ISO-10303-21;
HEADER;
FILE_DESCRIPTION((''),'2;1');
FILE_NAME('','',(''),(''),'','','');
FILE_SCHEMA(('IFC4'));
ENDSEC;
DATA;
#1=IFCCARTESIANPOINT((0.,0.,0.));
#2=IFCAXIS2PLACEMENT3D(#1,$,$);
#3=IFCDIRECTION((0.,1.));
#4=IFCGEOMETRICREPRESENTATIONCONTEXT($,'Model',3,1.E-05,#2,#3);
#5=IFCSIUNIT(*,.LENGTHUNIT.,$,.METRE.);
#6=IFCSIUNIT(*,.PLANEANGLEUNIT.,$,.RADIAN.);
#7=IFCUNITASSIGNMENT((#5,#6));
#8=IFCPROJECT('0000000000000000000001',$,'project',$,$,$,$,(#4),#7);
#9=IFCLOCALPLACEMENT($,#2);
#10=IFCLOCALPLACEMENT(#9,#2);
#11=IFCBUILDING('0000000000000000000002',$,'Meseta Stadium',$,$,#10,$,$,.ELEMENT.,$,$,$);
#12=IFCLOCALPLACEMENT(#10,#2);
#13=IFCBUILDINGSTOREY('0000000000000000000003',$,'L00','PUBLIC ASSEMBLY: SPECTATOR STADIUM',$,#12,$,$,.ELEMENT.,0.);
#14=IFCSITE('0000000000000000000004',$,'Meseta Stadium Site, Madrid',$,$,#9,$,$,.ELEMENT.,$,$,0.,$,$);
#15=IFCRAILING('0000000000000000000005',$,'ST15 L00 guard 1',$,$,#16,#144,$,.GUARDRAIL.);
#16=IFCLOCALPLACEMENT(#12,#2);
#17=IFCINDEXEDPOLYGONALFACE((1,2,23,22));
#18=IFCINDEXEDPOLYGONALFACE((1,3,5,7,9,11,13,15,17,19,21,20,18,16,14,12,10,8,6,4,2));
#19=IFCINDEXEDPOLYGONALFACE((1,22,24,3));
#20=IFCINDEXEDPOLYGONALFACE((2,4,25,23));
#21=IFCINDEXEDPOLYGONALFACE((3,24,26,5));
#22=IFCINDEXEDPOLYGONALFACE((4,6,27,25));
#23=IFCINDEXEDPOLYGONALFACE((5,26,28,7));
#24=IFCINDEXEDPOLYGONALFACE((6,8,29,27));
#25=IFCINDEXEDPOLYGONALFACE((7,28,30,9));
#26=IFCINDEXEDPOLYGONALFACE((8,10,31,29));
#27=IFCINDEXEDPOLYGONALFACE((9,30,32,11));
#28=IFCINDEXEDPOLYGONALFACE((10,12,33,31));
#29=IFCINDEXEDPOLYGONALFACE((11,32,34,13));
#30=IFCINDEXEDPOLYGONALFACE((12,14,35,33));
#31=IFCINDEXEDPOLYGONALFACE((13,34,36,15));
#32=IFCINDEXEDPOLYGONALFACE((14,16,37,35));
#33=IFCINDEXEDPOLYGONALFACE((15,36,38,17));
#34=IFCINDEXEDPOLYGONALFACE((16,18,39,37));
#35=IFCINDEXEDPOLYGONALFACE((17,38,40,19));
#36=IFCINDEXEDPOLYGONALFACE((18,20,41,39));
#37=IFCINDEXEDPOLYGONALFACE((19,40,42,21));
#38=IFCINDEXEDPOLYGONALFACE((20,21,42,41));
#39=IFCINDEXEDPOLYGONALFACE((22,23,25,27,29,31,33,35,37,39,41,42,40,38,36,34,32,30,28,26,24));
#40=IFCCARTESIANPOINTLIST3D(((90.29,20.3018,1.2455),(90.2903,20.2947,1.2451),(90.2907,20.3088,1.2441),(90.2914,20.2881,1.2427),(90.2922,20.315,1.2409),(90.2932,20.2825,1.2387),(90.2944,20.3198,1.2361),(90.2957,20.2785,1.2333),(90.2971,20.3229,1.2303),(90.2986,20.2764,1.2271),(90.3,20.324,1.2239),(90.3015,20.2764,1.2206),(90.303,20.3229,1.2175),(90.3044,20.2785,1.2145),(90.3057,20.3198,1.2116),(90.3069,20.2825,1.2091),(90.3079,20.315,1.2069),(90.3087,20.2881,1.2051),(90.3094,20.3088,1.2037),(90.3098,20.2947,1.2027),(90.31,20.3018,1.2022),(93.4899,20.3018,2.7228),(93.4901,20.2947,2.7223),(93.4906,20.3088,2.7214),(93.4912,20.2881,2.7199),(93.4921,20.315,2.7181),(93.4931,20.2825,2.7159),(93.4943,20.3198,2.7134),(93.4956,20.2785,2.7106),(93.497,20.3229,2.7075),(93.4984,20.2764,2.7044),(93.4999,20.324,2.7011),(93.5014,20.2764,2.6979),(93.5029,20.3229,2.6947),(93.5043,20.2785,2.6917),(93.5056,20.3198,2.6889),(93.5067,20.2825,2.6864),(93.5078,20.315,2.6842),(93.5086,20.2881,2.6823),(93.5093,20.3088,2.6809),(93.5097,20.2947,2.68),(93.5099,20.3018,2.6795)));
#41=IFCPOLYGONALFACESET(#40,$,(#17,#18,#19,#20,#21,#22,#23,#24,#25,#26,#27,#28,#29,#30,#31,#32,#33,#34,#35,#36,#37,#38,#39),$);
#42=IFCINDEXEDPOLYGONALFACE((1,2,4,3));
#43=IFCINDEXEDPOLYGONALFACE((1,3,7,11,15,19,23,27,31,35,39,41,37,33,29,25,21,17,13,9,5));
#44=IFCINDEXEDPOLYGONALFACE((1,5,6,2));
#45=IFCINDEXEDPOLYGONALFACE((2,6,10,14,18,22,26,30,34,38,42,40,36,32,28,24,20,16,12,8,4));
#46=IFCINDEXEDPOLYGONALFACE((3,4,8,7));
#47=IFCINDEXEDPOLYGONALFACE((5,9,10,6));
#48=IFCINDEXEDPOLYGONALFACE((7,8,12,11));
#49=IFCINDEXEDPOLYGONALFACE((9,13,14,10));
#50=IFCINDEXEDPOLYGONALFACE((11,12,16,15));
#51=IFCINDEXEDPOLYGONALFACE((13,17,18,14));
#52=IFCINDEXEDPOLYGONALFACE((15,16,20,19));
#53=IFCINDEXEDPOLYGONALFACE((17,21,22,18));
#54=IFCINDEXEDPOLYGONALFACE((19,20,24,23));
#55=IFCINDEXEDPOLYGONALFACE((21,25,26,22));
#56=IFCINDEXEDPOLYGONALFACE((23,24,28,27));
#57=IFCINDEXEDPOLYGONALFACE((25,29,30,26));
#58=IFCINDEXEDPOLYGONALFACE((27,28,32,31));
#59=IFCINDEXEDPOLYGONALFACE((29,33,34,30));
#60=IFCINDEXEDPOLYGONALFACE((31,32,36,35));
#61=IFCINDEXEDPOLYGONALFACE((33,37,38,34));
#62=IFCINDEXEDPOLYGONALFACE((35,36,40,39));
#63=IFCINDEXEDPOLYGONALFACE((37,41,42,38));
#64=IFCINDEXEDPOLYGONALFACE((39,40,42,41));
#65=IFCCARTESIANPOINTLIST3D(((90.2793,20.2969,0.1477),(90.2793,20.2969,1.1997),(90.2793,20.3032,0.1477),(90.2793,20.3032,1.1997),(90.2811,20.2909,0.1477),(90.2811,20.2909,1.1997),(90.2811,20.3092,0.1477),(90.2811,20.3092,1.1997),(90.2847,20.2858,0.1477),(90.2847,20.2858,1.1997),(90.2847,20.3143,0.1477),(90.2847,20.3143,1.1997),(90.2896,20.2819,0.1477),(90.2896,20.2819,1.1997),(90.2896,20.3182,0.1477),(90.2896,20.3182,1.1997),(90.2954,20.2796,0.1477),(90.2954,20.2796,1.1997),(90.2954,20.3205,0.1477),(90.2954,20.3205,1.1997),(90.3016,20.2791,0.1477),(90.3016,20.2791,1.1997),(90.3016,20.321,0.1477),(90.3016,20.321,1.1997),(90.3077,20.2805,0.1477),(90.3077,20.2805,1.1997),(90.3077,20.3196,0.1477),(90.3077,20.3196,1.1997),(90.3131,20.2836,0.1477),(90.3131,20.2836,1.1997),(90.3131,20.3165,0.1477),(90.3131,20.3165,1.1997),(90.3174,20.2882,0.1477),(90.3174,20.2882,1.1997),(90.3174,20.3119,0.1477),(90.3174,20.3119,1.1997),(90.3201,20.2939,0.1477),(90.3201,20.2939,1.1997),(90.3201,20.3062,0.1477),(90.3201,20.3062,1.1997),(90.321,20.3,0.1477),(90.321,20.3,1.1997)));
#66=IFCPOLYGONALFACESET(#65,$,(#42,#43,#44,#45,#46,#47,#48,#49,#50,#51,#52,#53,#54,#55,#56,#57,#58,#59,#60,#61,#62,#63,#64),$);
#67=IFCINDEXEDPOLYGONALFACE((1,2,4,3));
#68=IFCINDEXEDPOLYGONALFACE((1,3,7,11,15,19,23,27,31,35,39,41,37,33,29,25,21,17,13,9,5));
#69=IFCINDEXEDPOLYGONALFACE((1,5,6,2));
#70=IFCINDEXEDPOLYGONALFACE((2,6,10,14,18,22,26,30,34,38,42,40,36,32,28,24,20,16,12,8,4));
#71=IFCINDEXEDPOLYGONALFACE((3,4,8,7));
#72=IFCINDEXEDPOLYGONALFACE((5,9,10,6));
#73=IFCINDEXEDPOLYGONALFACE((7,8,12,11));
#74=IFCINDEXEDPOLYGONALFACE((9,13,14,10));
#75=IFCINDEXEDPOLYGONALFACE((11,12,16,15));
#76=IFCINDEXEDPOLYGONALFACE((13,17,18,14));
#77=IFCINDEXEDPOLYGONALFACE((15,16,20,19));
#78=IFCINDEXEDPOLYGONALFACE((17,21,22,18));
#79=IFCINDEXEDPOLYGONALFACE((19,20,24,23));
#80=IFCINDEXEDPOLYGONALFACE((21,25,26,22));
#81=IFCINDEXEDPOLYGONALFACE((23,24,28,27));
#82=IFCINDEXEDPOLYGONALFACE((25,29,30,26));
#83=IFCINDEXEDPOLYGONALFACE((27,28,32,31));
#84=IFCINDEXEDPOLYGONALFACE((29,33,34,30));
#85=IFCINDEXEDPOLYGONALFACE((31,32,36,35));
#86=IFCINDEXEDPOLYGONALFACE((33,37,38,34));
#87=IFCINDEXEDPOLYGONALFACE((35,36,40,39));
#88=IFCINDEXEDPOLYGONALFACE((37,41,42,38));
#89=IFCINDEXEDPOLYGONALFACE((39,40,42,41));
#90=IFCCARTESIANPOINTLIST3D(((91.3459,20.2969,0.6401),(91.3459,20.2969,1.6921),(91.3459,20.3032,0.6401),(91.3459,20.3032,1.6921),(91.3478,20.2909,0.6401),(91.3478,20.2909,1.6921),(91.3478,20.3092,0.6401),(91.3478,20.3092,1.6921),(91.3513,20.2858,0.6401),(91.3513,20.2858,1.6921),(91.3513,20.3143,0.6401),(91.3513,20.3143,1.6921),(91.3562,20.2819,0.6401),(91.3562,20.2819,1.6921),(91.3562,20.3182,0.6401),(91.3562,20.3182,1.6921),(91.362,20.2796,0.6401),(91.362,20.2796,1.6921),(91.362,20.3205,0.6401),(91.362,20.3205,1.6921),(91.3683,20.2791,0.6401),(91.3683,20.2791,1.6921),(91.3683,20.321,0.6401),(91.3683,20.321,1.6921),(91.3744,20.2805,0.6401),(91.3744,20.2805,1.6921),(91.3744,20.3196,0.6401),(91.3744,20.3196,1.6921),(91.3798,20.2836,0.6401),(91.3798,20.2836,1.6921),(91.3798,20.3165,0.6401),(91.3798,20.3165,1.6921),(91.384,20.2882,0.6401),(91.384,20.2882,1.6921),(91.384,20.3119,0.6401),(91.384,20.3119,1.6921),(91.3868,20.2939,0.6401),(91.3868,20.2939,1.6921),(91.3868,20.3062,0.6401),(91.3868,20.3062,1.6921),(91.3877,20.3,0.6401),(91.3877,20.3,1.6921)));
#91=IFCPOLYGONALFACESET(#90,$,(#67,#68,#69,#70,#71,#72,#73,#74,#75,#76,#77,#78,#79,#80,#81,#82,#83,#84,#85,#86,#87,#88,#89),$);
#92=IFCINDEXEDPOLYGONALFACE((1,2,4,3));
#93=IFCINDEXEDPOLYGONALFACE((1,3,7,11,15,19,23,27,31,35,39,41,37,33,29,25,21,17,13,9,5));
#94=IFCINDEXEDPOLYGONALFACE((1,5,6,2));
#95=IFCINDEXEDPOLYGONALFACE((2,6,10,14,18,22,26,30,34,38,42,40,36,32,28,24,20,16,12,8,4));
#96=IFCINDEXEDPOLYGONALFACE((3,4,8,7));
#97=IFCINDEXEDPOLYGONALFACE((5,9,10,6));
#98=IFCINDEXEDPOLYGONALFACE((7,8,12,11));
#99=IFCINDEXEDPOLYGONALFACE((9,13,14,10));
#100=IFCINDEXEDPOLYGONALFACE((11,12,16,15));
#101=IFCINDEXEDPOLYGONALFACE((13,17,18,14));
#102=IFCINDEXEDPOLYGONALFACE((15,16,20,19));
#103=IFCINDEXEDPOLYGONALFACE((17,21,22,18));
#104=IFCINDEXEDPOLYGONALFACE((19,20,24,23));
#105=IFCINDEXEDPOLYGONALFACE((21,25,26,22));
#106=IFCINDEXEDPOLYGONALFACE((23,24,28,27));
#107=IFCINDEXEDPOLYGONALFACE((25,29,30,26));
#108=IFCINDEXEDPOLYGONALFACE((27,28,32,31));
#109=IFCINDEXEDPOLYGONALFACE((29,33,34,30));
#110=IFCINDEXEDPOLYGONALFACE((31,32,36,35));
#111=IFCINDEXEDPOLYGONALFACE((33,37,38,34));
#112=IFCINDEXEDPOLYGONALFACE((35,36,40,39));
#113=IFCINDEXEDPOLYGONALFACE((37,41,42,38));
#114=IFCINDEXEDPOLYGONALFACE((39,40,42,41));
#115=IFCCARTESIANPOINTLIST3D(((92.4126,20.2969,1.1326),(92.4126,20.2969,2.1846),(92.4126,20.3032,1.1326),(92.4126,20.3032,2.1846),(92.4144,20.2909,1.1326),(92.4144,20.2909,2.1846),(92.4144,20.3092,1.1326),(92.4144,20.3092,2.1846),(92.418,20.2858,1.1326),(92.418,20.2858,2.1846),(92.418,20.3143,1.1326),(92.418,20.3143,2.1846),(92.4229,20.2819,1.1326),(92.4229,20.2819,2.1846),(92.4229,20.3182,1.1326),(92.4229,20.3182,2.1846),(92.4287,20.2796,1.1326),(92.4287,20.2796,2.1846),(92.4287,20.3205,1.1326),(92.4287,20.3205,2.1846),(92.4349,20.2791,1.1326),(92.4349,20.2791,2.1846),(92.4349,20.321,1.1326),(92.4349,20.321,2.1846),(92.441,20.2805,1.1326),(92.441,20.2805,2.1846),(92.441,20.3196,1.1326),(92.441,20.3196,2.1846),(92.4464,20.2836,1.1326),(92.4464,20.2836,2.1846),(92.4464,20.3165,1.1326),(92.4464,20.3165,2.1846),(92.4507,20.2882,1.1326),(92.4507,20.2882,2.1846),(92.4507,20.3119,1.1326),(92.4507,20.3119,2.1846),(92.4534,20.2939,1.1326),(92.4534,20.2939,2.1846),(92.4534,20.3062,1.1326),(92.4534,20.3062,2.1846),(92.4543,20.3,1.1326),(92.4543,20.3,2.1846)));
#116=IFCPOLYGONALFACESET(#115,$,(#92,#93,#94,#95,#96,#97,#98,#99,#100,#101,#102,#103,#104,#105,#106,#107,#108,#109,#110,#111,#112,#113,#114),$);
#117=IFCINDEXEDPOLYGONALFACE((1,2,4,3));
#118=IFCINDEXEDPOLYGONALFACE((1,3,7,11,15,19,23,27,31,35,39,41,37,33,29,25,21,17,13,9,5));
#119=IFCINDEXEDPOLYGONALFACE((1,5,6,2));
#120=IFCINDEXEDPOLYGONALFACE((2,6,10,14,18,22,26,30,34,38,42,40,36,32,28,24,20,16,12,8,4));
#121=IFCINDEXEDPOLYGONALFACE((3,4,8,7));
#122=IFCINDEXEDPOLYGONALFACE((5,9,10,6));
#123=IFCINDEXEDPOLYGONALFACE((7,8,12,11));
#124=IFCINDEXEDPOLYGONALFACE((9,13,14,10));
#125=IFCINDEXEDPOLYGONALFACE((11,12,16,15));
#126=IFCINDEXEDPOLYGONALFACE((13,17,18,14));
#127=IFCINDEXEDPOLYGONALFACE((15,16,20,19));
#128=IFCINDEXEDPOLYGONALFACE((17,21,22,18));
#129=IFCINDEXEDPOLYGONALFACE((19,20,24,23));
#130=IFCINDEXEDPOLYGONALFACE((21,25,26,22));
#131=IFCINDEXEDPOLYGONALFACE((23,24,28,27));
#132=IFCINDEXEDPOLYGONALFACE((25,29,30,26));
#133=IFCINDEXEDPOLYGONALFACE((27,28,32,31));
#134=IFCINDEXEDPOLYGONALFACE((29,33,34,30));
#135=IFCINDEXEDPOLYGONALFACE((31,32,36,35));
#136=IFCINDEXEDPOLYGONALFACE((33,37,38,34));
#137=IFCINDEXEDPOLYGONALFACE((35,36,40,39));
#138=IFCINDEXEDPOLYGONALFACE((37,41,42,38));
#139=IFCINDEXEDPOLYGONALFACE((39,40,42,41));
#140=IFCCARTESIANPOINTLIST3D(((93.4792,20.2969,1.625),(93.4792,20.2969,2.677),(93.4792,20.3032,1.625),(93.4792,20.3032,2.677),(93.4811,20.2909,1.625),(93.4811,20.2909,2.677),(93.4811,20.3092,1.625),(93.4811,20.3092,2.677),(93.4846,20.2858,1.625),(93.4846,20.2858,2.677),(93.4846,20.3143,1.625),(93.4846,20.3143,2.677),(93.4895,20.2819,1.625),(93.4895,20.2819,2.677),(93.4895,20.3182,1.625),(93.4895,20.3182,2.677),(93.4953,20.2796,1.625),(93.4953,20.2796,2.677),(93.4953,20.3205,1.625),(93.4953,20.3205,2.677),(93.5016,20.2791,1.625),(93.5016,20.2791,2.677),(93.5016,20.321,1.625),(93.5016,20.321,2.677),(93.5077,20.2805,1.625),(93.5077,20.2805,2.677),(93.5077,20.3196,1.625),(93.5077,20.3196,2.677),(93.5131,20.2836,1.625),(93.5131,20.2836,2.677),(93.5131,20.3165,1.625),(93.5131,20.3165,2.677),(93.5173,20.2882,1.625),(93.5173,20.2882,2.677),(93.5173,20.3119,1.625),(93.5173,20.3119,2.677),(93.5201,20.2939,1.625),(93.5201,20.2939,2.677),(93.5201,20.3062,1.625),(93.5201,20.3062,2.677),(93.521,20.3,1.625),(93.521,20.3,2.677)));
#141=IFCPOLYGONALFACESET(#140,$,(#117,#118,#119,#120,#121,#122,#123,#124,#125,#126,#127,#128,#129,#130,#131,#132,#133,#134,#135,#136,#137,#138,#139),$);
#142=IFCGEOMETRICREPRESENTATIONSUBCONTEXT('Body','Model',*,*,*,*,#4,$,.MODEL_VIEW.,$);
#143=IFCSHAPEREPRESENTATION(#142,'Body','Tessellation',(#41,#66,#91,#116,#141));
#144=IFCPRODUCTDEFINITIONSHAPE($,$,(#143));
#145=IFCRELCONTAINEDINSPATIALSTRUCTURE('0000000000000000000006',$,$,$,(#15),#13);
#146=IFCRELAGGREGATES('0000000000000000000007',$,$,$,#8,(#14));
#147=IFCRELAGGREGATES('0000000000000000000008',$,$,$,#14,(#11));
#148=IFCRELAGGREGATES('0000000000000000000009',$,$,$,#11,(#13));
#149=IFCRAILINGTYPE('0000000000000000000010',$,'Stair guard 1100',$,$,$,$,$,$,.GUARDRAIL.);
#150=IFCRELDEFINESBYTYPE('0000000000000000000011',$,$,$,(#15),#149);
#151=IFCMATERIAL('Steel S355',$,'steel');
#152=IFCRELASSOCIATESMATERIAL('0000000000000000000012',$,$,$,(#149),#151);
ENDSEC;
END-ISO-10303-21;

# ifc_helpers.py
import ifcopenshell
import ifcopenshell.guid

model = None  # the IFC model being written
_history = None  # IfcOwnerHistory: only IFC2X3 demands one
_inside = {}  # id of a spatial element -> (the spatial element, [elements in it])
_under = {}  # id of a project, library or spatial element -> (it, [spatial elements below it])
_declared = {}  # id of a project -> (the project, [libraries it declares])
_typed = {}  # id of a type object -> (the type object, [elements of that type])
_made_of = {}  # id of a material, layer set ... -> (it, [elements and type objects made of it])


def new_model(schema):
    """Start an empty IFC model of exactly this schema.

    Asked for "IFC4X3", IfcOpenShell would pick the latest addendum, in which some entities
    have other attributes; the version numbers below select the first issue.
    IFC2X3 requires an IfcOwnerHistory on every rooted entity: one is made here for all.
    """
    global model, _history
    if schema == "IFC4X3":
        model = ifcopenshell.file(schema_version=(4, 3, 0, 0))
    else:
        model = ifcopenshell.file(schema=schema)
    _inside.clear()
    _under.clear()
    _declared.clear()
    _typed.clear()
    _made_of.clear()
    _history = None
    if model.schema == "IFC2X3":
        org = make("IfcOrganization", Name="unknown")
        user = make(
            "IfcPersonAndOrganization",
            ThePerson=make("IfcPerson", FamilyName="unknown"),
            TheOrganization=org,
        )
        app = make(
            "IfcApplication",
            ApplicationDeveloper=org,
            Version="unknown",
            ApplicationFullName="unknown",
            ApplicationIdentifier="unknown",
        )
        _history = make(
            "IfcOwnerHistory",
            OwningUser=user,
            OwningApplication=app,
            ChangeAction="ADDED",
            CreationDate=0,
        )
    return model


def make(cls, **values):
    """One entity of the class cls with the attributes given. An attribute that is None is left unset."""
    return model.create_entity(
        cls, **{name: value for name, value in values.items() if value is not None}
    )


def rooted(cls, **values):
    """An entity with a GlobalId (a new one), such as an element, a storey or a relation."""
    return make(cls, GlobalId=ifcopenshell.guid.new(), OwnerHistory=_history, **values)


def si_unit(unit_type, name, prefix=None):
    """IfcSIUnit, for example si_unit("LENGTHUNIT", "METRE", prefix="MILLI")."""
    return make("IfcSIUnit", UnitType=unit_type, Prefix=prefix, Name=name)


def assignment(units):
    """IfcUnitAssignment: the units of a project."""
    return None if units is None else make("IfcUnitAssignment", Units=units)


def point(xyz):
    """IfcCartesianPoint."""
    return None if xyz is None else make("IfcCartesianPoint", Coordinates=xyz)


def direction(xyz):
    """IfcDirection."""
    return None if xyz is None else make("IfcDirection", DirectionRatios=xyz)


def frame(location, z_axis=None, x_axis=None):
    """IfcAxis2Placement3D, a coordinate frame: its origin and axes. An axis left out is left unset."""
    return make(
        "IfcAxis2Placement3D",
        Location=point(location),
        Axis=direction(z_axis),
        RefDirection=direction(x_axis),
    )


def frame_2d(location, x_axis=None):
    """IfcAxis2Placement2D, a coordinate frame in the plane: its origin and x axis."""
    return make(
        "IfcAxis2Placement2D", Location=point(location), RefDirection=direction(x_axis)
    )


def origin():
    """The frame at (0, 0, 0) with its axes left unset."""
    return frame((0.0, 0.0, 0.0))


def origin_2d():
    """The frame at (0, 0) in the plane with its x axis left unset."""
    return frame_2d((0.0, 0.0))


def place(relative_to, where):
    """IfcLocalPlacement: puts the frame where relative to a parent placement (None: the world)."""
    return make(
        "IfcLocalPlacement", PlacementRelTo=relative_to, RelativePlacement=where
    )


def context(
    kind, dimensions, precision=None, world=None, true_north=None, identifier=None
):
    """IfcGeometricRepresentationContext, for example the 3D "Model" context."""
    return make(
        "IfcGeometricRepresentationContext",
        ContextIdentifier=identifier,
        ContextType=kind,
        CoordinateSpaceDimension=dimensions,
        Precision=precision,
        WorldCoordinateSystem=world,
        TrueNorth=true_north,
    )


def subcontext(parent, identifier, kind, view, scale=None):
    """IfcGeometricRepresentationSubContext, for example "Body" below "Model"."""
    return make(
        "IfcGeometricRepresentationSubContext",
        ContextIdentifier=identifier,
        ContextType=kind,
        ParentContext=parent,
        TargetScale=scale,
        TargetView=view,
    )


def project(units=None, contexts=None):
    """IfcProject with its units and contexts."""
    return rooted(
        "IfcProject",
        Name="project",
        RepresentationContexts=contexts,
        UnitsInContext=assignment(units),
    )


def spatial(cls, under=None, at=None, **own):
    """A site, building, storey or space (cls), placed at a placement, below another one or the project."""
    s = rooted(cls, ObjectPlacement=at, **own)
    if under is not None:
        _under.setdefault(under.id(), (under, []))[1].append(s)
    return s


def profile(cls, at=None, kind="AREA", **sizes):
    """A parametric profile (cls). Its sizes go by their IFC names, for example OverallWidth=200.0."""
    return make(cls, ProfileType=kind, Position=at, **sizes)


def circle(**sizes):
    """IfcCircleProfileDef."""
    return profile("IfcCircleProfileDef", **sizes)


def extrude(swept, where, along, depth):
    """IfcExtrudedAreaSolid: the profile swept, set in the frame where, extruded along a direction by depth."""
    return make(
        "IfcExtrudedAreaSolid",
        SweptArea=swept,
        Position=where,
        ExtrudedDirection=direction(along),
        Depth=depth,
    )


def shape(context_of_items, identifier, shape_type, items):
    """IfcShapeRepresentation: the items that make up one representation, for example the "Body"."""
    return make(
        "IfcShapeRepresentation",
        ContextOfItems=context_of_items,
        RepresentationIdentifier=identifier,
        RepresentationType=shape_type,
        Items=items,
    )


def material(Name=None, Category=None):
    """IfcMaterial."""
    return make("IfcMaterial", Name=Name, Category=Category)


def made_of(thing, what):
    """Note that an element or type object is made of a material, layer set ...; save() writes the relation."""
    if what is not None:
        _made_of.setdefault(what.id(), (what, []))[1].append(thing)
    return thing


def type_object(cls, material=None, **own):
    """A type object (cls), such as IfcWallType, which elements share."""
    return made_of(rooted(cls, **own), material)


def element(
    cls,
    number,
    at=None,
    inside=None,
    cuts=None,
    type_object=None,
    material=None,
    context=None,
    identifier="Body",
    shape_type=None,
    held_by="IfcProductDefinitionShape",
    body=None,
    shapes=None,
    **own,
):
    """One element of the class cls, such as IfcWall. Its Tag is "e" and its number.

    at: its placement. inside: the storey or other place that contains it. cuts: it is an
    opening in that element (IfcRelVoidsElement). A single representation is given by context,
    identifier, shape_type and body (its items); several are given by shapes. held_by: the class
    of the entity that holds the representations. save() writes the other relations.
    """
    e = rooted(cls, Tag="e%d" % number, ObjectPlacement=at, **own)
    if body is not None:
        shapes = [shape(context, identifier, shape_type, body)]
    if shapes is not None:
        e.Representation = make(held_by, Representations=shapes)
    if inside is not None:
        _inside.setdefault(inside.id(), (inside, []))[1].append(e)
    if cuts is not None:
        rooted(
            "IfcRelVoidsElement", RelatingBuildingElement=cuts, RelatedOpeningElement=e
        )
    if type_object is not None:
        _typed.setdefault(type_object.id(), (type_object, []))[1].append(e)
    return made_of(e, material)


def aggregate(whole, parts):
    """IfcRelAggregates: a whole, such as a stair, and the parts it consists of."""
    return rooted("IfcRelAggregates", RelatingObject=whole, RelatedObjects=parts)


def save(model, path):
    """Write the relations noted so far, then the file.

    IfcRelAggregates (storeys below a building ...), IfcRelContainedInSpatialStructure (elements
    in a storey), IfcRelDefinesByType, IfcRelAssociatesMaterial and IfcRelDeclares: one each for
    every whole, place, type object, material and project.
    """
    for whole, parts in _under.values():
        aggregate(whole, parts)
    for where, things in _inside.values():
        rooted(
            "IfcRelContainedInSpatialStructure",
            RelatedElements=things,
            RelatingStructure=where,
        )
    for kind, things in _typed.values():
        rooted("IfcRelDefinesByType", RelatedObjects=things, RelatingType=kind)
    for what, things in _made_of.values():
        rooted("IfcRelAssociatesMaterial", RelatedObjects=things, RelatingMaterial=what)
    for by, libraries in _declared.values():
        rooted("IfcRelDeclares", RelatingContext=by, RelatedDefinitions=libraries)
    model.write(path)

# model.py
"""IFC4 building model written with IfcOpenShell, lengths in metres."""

from ifc_helpers import new_model, si_unit, direction, frame, origin, origin_2d, place, context, subcontext, project, spatial, circle, extrude, material, type_object, element, save


model = new_model("IFC4")

# Units and contexts
model_context = context("Model", 3, precision=1e-05, world=origin(), true_north=direction((0.0, 1.0)))
body_context = subcontext(model_context, "Body", "Model", "MODEL_VIEW")
ifc_project = project(units=[si_unit("LENGTHUNIT", "METRE"), si_unit("PLANEANGLEUNIT", "RADIAN")], contexts=[model_context])

# Site, building, storey
site_placement = place(None, origin())
site = spatial("IfcSite", under=ifc_project, at=site_placement, Name="Meseta Stadium Site, Madrid", CompositionType="ELEMENT", RefElevation=0.0)
building_placement = place(site_placement, origin())
building = spatial("IfcBuilding", under=site, at=building_placement, Name="Meseta Stadium", CompositionType="ELEMENT")
storey_placement = place(building_placement, origin())
storey = spatial("IfcBuildingStorey", under=building, at=storey_placement, Name="L00", Description="PUBLIC ASSEMBLY: SPECTATOR STADIUM", CompositionType="ELEMENT", Elevation=0.0)

# Railing
ifc_material_1 = material(Name="Steel S355", Category="steel")
railing_type_1 = type_object("IfcRailingType", Name="Stair guard 1100", PredefinedType="GUARDRAIL", material=ifc_material_1)
railing_1_placement = place(storey_placement, frame((90.3, 20.3, 0.1477)))
element("IfcRailing", 1, at=railing_1_placement, inside=storey, type_object=railing_type_1, Name="ST15 L00 guard 1", PredefinedType="GUARDRAIL", context=body_context, shape_type="SweptSolid", body=[
    extrude(circle(Radius=0.0239, at=origin_2d()), frame((0.0, 0.0, 1.0762), z_axis=(0.907917, 0.0, 0.41915), x_axis=(0.0, 1.0, 0.0)), (0.0, 0.0, 1.0), 3.5244),
    extrude(circle(Radius=0.021, at=origin_2d()), origin(), (0.0, 0.0, 1.0), 1.052),
    extrude(circle(Radius=0.021, at=origin_2d()), frame((1.0667, 0.0, 0.4924)), (0.0, 0.0, 1.0), 1.052),
    extrude(circle(Radius=0.021, at=origin_2d()), frame((2.1333, 0.0, 0.9849)), (0.0, 0.0, 1.0), 1.052),
    extrude(circle(Radius=0.021, at=origin_2d()), frame((3.2, 0.0, 1.4773)), (0.0, 0.0, 1.0), 1.052),
])

save(model, "model.ifc")
